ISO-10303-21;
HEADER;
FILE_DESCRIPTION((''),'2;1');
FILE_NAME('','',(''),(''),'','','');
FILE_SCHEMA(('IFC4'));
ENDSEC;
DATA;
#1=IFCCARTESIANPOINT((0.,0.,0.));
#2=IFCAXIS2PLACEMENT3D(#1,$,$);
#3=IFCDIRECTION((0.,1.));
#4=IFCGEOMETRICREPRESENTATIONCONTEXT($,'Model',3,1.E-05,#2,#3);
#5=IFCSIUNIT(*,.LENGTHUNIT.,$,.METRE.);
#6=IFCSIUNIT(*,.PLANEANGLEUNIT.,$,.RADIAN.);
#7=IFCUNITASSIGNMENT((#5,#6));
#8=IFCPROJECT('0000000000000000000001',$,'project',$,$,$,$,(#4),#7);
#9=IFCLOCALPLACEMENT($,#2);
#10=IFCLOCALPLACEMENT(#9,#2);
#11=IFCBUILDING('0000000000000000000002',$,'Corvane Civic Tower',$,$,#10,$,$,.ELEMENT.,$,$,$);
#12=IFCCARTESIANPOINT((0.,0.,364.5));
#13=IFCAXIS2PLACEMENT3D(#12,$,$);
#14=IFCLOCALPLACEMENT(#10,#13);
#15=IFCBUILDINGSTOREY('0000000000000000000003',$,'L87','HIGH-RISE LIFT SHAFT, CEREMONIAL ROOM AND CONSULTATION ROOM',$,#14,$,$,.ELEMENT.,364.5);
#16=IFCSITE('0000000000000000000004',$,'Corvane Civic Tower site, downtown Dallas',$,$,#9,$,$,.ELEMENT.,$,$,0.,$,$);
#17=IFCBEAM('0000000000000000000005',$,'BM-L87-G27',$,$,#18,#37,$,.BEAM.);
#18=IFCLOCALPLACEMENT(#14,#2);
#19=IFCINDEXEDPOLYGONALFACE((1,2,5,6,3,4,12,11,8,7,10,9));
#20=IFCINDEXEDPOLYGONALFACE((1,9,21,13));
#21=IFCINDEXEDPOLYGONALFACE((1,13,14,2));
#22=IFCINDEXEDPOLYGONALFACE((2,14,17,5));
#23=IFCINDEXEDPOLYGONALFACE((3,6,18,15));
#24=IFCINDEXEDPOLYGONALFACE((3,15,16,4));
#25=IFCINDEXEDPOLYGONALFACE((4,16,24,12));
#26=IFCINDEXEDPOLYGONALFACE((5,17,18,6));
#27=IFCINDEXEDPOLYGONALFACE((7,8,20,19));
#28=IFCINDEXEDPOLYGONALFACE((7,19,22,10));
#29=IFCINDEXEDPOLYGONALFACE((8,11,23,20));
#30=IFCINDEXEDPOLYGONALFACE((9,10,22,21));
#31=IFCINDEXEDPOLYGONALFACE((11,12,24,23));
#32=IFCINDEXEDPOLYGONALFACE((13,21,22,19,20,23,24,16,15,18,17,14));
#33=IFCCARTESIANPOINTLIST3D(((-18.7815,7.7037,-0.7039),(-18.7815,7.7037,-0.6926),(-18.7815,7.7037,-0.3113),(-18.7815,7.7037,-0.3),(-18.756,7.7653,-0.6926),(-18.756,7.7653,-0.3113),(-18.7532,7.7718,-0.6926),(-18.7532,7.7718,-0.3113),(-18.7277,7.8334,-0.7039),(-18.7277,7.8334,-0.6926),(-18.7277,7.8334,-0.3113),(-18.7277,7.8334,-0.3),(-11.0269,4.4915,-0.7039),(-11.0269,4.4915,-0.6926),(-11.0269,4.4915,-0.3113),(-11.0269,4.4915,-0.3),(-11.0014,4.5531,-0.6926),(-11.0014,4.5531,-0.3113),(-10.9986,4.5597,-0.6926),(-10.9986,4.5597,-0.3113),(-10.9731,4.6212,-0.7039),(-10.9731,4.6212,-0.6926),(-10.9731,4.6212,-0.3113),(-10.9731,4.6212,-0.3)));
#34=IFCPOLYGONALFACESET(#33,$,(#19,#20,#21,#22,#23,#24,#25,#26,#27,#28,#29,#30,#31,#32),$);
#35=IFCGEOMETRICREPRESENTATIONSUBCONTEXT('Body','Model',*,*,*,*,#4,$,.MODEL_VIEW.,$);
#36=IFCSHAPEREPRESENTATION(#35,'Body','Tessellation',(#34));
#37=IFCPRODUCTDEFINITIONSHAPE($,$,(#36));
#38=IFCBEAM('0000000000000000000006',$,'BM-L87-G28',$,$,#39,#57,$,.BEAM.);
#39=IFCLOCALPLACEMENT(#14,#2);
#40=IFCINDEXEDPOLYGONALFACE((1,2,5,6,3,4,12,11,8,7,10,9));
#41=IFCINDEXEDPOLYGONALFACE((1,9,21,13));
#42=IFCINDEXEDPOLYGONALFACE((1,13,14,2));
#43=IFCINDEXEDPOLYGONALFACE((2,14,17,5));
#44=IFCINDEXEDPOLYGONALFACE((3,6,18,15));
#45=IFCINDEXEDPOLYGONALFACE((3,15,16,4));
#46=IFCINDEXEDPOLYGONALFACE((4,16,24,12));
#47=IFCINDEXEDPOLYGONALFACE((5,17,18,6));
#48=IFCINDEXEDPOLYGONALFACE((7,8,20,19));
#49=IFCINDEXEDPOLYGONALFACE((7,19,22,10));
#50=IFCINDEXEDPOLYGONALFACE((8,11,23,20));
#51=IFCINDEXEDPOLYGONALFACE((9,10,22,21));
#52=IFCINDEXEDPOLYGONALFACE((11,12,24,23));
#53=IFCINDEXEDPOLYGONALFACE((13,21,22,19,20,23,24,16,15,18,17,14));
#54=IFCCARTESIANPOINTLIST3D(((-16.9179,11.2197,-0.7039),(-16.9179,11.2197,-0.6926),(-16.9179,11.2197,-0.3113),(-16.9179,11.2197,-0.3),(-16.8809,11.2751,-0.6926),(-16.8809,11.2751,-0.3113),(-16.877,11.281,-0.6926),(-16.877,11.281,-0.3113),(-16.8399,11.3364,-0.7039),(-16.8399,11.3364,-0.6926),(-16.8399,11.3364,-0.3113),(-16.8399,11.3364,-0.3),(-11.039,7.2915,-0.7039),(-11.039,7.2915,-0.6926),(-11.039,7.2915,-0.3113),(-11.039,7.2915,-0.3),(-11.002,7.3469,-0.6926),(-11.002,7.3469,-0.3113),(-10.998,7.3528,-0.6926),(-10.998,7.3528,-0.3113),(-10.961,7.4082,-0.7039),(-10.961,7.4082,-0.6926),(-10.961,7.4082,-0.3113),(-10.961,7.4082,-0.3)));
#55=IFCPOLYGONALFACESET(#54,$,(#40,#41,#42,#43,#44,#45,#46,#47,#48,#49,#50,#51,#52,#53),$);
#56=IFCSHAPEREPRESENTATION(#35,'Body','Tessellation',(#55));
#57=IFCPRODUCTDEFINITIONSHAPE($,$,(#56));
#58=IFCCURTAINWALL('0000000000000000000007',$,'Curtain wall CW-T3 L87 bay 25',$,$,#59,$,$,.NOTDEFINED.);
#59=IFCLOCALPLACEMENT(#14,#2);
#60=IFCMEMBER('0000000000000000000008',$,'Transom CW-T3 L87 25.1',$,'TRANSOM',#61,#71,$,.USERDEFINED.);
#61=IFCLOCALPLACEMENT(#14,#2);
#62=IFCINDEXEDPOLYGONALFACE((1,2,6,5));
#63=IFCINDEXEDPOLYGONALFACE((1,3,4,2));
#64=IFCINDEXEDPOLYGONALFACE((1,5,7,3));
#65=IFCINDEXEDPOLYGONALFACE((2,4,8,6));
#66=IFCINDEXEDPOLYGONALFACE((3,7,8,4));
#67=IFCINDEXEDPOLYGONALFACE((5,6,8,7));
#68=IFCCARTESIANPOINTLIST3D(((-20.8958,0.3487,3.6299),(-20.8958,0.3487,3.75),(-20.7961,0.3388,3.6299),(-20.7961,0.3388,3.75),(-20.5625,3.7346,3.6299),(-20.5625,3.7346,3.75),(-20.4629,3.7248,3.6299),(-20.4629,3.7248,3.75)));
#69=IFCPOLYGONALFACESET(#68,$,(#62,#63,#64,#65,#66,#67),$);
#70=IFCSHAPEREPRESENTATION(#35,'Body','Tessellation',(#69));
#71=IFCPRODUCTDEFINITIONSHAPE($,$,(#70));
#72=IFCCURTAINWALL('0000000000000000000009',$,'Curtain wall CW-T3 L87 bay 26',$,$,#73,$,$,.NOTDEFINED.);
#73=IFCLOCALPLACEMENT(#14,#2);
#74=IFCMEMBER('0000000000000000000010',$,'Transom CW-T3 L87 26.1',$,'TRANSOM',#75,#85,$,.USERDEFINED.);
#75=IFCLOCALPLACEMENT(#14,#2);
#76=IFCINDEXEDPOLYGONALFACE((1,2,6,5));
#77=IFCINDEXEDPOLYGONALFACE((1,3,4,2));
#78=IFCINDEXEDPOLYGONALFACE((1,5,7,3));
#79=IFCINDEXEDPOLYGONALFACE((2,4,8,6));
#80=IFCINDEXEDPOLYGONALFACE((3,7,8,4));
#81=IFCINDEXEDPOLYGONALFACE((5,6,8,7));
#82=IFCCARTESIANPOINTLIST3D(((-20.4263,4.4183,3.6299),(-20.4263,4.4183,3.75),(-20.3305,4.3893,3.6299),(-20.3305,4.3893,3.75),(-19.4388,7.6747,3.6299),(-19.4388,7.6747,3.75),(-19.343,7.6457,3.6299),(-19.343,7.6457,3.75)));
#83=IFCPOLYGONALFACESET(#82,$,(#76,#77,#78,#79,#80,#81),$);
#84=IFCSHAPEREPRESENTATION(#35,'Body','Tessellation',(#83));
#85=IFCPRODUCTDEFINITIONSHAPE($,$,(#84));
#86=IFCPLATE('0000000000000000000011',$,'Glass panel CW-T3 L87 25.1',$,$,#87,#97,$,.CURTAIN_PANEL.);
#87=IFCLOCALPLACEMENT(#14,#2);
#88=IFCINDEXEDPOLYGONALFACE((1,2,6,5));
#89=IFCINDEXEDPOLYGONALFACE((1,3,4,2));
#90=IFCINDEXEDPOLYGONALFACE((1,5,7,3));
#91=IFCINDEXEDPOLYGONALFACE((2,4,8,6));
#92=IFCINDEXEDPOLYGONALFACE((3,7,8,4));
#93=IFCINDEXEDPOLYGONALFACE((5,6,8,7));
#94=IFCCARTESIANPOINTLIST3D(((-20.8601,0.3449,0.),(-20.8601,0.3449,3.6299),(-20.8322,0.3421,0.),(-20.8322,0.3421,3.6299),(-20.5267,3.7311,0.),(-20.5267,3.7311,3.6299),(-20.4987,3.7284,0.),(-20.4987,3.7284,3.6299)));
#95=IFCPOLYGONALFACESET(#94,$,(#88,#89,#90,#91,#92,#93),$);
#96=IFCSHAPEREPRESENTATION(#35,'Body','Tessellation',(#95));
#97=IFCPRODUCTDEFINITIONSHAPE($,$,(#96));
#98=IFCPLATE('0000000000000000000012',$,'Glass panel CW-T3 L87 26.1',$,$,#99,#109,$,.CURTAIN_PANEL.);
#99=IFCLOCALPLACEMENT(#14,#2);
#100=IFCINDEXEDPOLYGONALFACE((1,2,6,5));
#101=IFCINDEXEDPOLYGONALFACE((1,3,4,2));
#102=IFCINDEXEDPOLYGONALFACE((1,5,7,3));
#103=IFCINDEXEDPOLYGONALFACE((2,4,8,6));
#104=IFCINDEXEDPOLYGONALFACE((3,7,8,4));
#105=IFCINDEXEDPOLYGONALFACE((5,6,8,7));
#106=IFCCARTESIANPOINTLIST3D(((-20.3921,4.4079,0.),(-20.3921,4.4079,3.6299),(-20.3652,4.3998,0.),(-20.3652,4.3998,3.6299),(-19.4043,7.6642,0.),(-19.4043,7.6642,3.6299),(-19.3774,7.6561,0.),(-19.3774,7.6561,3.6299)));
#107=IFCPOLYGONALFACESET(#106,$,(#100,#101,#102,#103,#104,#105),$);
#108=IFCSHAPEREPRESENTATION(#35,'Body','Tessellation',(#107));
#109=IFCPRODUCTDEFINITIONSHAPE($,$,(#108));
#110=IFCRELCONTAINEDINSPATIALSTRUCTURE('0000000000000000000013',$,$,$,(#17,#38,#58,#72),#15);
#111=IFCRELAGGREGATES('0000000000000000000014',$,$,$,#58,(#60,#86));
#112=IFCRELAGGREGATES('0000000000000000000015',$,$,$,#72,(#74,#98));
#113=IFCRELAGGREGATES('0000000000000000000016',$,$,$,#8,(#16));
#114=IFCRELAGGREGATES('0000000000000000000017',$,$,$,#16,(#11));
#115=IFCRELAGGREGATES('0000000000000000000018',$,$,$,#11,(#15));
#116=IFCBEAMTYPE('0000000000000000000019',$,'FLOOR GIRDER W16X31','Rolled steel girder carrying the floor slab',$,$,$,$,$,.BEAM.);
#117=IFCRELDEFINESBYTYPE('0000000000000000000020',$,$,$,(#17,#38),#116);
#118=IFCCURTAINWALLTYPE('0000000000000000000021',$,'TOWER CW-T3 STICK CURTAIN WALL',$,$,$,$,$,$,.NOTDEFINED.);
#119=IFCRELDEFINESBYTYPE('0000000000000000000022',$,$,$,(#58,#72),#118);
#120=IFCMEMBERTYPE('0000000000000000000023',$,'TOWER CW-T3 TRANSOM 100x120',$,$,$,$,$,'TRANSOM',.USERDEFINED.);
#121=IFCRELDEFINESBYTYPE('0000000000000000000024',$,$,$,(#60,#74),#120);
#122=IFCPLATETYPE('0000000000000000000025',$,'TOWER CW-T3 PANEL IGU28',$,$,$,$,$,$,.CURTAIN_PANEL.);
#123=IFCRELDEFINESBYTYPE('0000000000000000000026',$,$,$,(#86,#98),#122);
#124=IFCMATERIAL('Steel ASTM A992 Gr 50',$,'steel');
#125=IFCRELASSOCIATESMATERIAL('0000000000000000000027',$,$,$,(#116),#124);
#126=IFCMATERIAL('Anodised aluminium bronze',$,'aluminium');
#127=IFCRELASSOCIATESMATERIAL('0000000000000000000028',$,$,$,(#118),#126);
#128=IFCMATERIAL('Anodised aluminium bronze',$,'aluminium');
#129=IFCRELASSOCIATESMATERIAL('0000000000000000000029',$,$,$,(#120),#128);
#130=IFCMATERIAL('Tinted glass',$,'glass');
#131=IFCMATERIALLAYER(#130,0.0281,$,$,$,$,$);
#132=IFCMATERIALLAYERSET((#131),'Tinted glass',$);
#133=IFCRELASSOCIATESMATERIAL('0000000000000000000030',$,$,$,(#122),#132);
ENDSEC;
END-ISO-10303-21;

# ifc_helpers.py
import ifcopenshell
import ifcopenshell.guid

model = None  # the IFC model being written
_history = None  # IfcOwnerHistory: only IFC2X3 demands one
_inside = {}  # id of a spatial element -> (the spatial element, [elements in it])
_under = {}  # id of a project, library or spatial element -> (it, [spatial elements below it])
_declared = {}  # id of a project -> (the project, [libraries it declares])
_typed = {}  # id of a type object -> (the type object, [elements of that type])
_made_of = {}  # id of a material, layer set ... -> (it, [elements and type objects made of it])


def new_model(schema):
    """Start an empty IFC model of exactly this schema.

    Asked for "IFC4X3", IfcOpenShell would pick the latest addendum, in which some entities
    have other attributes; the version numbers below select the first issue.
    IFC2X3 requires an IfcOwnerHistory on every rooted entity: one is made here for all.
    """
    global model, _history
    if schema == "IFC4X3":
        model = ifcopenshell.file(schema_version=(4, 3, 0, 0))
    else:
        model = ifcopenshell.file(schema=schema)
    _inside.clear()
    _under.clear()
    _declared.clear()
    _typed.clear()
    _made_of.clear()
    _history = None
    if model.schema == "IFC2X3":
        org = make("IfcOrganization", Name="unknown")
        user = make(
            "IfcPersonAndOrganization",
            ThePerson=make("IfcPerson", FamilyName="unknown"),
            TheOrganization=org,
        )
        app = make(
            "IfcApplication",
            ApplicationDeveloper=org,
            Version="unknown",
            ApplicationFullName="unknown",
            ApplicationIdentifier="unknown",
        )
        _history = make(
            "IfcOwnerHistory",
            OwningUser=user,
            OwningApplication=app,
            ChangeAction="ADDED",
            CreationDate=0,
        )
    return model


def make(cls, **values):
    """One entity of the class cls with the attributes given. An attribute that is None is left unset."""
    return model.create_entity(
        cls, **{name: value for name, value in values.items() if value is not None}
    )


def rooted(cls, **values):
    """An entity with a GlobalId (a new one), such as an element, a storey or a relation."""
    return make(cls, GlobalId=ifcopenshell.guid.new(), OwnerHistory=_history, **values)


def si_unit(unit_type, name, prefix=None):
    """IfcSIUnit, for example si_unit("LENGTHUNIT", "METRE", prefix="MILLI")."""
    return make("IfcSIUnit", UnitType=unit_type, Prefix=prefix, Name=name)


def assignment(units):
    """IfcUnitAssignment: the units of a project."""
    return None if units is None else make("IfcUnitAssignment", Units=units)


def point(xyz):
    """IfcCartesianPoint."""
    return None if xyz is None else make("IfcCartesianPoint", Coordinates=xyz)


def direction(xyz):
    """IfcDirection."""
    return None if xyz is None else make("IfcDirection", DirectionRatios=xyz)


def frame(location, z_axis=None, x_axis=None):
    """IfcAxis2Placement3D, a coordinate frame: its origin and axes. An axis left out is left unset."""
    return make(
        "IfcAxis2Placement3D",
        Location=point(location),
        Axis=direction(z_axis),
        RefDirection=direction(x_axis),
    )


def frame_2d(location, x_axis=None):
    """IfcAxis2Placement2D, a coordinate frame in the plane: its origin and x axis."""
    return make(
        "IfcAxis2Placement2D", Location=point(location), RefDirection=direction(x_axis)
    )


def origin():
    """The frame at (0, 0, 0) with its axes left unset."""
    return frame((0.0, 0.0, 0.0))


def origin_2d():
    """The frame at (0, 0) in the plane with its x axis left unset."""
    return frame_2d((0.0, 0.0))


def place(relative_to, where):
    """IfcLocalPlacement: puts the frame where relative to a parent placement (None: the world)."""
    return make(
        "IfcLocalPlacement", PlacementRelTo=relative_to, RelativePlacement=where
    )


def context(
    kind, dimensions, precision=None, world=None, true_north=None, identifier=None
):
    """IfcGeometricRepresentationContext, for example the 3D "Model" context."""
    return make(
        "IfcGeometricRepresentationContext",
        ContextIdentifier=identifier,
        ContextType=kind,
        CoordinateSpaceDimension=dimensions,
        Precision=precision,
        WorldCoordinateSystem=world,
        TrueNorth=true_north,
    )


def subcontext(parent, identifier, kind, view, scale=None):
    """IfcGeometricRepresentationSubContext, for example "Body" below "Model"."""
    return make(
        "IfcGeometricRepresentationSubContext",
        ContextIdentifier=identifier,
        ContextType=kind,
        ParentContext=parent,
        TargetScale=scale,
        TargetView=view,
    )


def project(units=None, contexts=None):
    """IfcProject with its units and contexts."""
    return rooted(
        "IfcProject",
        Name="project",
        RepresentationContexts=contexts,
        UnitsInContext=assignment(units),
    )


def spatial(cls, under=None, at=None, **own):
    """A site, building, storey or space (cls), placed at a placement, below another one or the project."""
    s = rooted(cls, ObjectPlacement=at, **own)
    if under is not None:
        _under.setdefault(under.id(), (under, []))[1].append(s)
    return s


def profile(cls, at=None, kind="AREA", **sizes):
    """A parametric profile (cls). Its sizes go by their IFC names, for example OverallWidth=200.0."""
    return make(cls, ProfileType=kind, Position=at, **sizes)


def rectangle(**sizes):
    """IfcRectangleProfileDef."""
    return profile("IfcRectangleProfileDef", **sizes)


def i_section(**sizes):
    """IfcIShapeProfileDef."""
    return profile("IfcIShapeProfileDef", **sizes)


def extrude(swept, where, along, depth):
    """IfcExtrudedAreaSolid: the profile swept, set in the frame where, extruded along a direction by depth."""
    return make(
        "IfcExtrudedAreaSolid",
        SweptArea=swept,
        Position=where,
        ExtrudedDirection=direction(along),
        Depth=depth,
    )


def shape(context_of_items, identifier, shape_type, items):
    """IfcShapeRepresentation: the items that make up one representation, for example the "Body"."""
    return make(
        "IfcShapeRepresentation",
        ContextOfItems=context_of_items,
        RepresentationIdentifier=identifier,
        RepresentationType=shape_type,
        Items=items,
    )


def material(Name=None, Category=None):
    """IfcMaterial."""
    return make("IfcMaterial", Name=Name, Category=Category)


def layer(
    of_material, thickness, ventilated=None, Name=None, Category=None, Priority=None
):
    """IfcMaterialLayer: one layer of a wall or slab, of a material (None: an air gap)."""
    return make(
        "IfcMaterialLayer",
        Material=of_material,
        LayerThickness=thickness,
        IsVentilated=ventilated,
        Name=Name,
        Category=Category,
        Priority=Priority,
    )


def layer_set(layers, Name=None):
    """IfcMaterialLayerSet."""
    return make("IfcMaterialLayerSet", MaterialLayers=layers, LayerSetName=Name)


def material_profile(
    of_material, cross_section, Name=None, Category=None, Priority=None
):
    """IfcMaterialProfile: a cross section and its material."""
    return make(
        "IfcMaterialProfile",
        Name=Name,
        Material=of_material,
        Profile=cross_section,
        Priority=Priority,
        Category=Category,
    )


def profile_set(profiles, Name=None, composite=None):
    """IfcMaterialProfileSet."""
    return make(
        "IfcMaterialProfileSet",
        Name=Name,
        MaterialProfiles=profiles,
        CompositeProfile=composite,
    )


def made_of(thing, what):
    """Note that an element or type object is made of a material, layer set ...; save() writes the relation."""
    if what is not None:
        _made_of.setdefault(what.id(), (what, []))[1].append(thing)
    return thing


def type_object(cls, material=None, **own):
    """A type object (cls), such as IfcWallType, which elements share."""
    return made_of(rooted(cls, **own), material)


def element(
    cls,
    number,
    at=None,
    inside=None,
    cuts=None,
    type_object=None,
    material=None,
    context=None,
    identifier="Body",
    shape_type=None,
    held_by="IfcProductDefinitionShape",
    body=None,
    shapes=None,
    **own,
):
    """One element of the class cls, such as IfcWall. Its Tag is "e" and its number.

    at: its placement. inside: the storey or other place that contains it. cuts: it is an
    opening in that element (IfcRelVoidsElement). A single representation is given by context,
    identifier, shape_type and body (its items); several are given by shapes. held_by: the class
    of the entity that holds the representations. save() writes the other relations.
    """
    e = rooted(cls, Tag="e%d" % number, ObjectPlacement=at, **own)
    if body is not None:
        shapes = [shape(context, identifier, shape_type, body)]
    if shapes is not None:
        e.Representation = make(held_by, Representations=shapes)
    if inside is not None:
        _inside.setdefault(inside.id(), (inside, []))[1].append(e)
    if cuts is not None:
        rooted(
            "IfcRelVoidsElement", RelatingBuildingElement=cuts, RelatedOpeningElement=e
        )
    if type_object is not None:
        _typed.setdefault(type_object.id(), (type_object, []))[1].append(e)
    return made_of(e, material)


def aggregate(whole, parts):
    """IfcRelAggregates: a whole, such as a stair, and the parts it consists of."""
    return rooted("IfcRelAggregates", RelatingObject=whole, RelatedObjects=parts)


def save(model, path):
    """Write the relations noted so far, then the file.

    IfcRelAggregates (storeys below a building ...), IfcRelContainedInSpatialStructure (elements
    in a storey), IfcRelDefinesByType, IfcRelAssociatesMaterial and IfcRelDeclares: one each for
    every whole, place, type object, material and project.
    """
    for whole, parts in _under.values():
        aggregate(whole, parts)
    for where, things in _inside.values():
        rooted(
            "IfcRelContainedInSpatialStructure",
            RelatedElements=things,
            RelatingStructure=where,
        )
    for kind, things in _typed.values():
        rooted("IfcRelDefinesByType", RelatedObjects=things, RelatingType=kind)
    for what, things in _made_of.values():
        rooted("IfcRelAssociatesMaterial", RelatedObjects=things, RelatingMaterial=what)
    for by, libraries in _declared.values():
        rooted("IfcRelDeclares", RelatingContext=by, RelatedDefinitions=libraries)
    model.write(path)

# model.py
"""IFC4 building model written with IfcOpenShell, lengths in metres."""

from ifc_helpers import new_model, si_unit, direction, frame, origin, origin_2d, place, context, subcontext, project, spatial, rectangle, i_section, extrude, material, layer, layer_set, material_profile, profile_set, type_object, element, aggregate, save


model = new_model("IFC4")

# Units and contexts
model_context = context("Model", 3, precision=1e-05, world=origin(), true_north=direction((0.0, 1.0)))
body_context = subcontext(model_context, "Body", "Model", "MODEL_VIEW")
ifc_project = project(units=[si_unit("LENGTHUNIT", "METRE"), si_unit("PLANEANGLEUNIT", "RADIAN")], contexts=[model_context])

# Site, building, storey
site_placement = place(None, origin())
site = spatial("IfcSite", under=ifc_project, at=site_placement, Name="Corvane Civic Tower site, downtown Dallas", CompositionType="ELEMENT", RefElevation=0.0)
building_placement = place(site_placement, origin())
building = spatial("IfcBuilding", under=site, at=building_placement, Name="Corvane Civic Tower", CompositionType="ELEMENT")
storey_placement = place(building_placement, frame((0.0, 0.0, 364.5)))
storey = spatial("IfcBuildingStorey", under=building, at=storey_placement, Name="L87", Description="HIGH-RISE LIFT SHAFT, CEREMONIAL ROOM AND CONSULTATION ROOM", CompositionType="ELEMENT", Elevation=364.5)

# Beams
ifc_material_1 = material(Name="Steel ASTM A992 Gr 50", Category="steel")
ifc_material_profile_1 = material_profile(ifc_material_1, i_section(OverallWidth=0.1404, OverallDepth=0.4038, WebThickness=0.0071, FlangeThickness=0.0112, at=origin_2d()), Name="W16X31")
ifc_profile_set_1 = profile_set([ifc_material_profile_1], Name="Steel ASTM A992 Gr 50")
beam_type_1 = type_object("IfcBeamType", Name="FLOOR GIRDER W16X31", Description="Rolled steel girder carrying the floor slab", PredefinedType="BEAM", material=ifc_profile_set_1)
beam_1_placement = place(storey_placement, frame((-11.0, 4.5564, -0.502), z_axis=(-0.923876, 0.382692, 0.0), x_axis=(-0.382692, -0.923876, 0.0)))
element("IfcBeam", 1, at=beam_1_placement, inside=storey, type_object=beam_type_1, Name="BM-L87-G27", PredefinedType="BEAM", context=body_context, shape_type="SweptSolid", body=[
    extrude(i_section(OverallWidth=0.1404, OverallDepth=0.4038, WebThickness=0.0071, FlangeThickness=0.0112, at=origin_2d()), origin(), (0.0, 0.0, 1.0), 8.3936),
])
beam_2_placement = place(storey_placement, frame((-11.0, 7.3499, -0.502), z_axis=(-0.831465, 0.555576, 0.0), x_axis=(-0.555576, -0.831465, 0.0)))
element("IfcBeam", 2, at=beam_2_placement, inside=storey, type_object=beam_type_1, Name="BM-L87-G28", PredefinedType="BEAM", context=body_context, shape_type="SweptSolid", body=[
    extrude(i_section(OverallWidth=0.1404, OverallDepth=0.4038, WebThickness=0.0071, FlangeThickness=0.0112, at=origin_2d()), origin(), (0.0, 0.0, 1.0), 7.0706),
])

# Curtain walls, members
ifc_material_2 = material(Name="Anodised aluminium bronze", Category="aluminium")
curtain_wall_type = type_object("IfcCurtainWallType", Name="TOWER CW-T3 STICK CURTAIN WALL", PredefinedType="NOTDEFINED", material=ifc_material_2)
curtain_wall_1_placement = place(storey_placement, origin())
curtain_wall_1 = element("IfcCurtainWall", 3, at=curtain_wall_1_placement, inside=storey, type_object=curtain_wall_type, Name="Curtain wall CW-T3 L87 bay 25", PredefinedType="NOTDEFINED")
ifc_material_3 = material(Name="Anodised aluminium bronze", Category="aluminium")
ifc_material_profile_2 = material_profile(ifc_material_3, rectangle(XDim=0.1001, YDim=0.1201, at=origin_2d()), Name="TOWER CW-T3 TRANSOM 100x120")
ifc_profile_set_2 = profile_set([ifc_material_profile_2], Name="Anodised aluminium bronze")
member_type = type_object("IfcMemberType", Name="TOWER CW-T3 TRANSOM 100x120", ElementType="TRANSOM", PredefinedType="USERDEFINED", material=ifc_profile_set_2)
member_1_placement = place(storey_placement, frame((-20.8459, 0.3438, 3.6899), z_axis=(0.097948, 0.995192, 0.0), x_axis=(-0.995192, 0.097948, 0.0)))
member_1 = element("IfcMember", 4, at=member_1_placement, type_object=member_type, Name="Transom CW-T3 L87 25.1", ObjectType="TRANSOM", PredefinedType="USERDEFINED", context=body_context, shape_type="SweptSolid", body=[
    extrude(rectangle(XDim=0.1001, YDim=0.1201, at=origin_2d()), origin(), (0.0, 0.0, 1.0), 3.4023),
])
curtain_wall_2_placement = place(storey_placement, origin())
curtain_wall_2 = element("IfcCurtainWall", 5, at=curtain_wall_2_placement, inside=storey, type_object=curtain_wall_type, Name="Curtain wall CW-T3 L87 bay 26", PredefinedType="NOTDEFINED")
member_2_placement = place(storey_placement, frame((-20.3784, 4.4038, 3.6899), z_axis=(0.290216, 0.956961, 0.0), x_axis=(-0.956961, 0.290216, 0.0)))
member_2 = element("IfcMember", 6, at=member_2_placement, type_object=member_type, Name="Transom CW-T3 L87 26.1", ObjectType="TRANSOM", PredefinedType="USERDEFINED", context=body_context, shape_type="SweptSolid", body=[
    extrude(rectangle(XDim=0.1001, YDim=0.1201, at=origin_2d()), origin(), (0.0, 0.0, 1.0), 3.4028),
])

# Plates
ifc_material_4 = material(Name="Tinted glass", Category="glass")
ifc_layer_1 = layer(ifc_material_4, 0.0281)
ifc_layer_set_1 = layer_set([ifc_layer_1], Name="Tinted glass")
plate_type = type_object("IfcPlateType", Name="TOWER CW-T3 PANEL IGU28", PredefinedType="CURTAIN_PANEL", material=ifc_layer_set_1)
plate_1_placement = place(storey_placement, frame((-20.6794, 2.0366, 0.0), z_axis=(0.0, 0.0, 1.0), x_axis=(0.097998, 0.995187, 0.0)))
plate_1 = element("IfcPlate", 7, at=plate_1_placement, type_object=plate_type, Name="Glass panel CW-T3 L87 25.1", PredefinedType="CURTAIN_PANEL", context=body_context, shape_type="SweptSolid", body=[
    extrude(rectangle(XDim=3.4026, YDim=0.0281, at=origin_2d()), origin(), (0.0, 0.0, 1.0), 3.6299),
])
aggregate(curtain_wall_1, [member_1, plate_1])
plate_2_placement = place(storey_placement, frame((-19.8848, 6.032, 0.0), z_axis=(0.0, 0.0, 1.0), x_axis=(0.29029, 0.956939, 0.0)))
plate_2 = element("IfcPlate", 8, at=plate_2_placement, type_object=plate_type, Name="Glass panel CW-T3 L87 26.1", PredefinedType="CURTAIN_PANEL", context=body_context, shape_type="SweptSolid", body=[
    extrude(rectangle(XDim=3.4028, YDim=0.0281, at=origin_2d()), origin(), (0.0, 0.0, 1.0), 3.6299),
])
aggregate(curtain_wall_2, [member_2, plate_2])

save(model, "model.ifc")
